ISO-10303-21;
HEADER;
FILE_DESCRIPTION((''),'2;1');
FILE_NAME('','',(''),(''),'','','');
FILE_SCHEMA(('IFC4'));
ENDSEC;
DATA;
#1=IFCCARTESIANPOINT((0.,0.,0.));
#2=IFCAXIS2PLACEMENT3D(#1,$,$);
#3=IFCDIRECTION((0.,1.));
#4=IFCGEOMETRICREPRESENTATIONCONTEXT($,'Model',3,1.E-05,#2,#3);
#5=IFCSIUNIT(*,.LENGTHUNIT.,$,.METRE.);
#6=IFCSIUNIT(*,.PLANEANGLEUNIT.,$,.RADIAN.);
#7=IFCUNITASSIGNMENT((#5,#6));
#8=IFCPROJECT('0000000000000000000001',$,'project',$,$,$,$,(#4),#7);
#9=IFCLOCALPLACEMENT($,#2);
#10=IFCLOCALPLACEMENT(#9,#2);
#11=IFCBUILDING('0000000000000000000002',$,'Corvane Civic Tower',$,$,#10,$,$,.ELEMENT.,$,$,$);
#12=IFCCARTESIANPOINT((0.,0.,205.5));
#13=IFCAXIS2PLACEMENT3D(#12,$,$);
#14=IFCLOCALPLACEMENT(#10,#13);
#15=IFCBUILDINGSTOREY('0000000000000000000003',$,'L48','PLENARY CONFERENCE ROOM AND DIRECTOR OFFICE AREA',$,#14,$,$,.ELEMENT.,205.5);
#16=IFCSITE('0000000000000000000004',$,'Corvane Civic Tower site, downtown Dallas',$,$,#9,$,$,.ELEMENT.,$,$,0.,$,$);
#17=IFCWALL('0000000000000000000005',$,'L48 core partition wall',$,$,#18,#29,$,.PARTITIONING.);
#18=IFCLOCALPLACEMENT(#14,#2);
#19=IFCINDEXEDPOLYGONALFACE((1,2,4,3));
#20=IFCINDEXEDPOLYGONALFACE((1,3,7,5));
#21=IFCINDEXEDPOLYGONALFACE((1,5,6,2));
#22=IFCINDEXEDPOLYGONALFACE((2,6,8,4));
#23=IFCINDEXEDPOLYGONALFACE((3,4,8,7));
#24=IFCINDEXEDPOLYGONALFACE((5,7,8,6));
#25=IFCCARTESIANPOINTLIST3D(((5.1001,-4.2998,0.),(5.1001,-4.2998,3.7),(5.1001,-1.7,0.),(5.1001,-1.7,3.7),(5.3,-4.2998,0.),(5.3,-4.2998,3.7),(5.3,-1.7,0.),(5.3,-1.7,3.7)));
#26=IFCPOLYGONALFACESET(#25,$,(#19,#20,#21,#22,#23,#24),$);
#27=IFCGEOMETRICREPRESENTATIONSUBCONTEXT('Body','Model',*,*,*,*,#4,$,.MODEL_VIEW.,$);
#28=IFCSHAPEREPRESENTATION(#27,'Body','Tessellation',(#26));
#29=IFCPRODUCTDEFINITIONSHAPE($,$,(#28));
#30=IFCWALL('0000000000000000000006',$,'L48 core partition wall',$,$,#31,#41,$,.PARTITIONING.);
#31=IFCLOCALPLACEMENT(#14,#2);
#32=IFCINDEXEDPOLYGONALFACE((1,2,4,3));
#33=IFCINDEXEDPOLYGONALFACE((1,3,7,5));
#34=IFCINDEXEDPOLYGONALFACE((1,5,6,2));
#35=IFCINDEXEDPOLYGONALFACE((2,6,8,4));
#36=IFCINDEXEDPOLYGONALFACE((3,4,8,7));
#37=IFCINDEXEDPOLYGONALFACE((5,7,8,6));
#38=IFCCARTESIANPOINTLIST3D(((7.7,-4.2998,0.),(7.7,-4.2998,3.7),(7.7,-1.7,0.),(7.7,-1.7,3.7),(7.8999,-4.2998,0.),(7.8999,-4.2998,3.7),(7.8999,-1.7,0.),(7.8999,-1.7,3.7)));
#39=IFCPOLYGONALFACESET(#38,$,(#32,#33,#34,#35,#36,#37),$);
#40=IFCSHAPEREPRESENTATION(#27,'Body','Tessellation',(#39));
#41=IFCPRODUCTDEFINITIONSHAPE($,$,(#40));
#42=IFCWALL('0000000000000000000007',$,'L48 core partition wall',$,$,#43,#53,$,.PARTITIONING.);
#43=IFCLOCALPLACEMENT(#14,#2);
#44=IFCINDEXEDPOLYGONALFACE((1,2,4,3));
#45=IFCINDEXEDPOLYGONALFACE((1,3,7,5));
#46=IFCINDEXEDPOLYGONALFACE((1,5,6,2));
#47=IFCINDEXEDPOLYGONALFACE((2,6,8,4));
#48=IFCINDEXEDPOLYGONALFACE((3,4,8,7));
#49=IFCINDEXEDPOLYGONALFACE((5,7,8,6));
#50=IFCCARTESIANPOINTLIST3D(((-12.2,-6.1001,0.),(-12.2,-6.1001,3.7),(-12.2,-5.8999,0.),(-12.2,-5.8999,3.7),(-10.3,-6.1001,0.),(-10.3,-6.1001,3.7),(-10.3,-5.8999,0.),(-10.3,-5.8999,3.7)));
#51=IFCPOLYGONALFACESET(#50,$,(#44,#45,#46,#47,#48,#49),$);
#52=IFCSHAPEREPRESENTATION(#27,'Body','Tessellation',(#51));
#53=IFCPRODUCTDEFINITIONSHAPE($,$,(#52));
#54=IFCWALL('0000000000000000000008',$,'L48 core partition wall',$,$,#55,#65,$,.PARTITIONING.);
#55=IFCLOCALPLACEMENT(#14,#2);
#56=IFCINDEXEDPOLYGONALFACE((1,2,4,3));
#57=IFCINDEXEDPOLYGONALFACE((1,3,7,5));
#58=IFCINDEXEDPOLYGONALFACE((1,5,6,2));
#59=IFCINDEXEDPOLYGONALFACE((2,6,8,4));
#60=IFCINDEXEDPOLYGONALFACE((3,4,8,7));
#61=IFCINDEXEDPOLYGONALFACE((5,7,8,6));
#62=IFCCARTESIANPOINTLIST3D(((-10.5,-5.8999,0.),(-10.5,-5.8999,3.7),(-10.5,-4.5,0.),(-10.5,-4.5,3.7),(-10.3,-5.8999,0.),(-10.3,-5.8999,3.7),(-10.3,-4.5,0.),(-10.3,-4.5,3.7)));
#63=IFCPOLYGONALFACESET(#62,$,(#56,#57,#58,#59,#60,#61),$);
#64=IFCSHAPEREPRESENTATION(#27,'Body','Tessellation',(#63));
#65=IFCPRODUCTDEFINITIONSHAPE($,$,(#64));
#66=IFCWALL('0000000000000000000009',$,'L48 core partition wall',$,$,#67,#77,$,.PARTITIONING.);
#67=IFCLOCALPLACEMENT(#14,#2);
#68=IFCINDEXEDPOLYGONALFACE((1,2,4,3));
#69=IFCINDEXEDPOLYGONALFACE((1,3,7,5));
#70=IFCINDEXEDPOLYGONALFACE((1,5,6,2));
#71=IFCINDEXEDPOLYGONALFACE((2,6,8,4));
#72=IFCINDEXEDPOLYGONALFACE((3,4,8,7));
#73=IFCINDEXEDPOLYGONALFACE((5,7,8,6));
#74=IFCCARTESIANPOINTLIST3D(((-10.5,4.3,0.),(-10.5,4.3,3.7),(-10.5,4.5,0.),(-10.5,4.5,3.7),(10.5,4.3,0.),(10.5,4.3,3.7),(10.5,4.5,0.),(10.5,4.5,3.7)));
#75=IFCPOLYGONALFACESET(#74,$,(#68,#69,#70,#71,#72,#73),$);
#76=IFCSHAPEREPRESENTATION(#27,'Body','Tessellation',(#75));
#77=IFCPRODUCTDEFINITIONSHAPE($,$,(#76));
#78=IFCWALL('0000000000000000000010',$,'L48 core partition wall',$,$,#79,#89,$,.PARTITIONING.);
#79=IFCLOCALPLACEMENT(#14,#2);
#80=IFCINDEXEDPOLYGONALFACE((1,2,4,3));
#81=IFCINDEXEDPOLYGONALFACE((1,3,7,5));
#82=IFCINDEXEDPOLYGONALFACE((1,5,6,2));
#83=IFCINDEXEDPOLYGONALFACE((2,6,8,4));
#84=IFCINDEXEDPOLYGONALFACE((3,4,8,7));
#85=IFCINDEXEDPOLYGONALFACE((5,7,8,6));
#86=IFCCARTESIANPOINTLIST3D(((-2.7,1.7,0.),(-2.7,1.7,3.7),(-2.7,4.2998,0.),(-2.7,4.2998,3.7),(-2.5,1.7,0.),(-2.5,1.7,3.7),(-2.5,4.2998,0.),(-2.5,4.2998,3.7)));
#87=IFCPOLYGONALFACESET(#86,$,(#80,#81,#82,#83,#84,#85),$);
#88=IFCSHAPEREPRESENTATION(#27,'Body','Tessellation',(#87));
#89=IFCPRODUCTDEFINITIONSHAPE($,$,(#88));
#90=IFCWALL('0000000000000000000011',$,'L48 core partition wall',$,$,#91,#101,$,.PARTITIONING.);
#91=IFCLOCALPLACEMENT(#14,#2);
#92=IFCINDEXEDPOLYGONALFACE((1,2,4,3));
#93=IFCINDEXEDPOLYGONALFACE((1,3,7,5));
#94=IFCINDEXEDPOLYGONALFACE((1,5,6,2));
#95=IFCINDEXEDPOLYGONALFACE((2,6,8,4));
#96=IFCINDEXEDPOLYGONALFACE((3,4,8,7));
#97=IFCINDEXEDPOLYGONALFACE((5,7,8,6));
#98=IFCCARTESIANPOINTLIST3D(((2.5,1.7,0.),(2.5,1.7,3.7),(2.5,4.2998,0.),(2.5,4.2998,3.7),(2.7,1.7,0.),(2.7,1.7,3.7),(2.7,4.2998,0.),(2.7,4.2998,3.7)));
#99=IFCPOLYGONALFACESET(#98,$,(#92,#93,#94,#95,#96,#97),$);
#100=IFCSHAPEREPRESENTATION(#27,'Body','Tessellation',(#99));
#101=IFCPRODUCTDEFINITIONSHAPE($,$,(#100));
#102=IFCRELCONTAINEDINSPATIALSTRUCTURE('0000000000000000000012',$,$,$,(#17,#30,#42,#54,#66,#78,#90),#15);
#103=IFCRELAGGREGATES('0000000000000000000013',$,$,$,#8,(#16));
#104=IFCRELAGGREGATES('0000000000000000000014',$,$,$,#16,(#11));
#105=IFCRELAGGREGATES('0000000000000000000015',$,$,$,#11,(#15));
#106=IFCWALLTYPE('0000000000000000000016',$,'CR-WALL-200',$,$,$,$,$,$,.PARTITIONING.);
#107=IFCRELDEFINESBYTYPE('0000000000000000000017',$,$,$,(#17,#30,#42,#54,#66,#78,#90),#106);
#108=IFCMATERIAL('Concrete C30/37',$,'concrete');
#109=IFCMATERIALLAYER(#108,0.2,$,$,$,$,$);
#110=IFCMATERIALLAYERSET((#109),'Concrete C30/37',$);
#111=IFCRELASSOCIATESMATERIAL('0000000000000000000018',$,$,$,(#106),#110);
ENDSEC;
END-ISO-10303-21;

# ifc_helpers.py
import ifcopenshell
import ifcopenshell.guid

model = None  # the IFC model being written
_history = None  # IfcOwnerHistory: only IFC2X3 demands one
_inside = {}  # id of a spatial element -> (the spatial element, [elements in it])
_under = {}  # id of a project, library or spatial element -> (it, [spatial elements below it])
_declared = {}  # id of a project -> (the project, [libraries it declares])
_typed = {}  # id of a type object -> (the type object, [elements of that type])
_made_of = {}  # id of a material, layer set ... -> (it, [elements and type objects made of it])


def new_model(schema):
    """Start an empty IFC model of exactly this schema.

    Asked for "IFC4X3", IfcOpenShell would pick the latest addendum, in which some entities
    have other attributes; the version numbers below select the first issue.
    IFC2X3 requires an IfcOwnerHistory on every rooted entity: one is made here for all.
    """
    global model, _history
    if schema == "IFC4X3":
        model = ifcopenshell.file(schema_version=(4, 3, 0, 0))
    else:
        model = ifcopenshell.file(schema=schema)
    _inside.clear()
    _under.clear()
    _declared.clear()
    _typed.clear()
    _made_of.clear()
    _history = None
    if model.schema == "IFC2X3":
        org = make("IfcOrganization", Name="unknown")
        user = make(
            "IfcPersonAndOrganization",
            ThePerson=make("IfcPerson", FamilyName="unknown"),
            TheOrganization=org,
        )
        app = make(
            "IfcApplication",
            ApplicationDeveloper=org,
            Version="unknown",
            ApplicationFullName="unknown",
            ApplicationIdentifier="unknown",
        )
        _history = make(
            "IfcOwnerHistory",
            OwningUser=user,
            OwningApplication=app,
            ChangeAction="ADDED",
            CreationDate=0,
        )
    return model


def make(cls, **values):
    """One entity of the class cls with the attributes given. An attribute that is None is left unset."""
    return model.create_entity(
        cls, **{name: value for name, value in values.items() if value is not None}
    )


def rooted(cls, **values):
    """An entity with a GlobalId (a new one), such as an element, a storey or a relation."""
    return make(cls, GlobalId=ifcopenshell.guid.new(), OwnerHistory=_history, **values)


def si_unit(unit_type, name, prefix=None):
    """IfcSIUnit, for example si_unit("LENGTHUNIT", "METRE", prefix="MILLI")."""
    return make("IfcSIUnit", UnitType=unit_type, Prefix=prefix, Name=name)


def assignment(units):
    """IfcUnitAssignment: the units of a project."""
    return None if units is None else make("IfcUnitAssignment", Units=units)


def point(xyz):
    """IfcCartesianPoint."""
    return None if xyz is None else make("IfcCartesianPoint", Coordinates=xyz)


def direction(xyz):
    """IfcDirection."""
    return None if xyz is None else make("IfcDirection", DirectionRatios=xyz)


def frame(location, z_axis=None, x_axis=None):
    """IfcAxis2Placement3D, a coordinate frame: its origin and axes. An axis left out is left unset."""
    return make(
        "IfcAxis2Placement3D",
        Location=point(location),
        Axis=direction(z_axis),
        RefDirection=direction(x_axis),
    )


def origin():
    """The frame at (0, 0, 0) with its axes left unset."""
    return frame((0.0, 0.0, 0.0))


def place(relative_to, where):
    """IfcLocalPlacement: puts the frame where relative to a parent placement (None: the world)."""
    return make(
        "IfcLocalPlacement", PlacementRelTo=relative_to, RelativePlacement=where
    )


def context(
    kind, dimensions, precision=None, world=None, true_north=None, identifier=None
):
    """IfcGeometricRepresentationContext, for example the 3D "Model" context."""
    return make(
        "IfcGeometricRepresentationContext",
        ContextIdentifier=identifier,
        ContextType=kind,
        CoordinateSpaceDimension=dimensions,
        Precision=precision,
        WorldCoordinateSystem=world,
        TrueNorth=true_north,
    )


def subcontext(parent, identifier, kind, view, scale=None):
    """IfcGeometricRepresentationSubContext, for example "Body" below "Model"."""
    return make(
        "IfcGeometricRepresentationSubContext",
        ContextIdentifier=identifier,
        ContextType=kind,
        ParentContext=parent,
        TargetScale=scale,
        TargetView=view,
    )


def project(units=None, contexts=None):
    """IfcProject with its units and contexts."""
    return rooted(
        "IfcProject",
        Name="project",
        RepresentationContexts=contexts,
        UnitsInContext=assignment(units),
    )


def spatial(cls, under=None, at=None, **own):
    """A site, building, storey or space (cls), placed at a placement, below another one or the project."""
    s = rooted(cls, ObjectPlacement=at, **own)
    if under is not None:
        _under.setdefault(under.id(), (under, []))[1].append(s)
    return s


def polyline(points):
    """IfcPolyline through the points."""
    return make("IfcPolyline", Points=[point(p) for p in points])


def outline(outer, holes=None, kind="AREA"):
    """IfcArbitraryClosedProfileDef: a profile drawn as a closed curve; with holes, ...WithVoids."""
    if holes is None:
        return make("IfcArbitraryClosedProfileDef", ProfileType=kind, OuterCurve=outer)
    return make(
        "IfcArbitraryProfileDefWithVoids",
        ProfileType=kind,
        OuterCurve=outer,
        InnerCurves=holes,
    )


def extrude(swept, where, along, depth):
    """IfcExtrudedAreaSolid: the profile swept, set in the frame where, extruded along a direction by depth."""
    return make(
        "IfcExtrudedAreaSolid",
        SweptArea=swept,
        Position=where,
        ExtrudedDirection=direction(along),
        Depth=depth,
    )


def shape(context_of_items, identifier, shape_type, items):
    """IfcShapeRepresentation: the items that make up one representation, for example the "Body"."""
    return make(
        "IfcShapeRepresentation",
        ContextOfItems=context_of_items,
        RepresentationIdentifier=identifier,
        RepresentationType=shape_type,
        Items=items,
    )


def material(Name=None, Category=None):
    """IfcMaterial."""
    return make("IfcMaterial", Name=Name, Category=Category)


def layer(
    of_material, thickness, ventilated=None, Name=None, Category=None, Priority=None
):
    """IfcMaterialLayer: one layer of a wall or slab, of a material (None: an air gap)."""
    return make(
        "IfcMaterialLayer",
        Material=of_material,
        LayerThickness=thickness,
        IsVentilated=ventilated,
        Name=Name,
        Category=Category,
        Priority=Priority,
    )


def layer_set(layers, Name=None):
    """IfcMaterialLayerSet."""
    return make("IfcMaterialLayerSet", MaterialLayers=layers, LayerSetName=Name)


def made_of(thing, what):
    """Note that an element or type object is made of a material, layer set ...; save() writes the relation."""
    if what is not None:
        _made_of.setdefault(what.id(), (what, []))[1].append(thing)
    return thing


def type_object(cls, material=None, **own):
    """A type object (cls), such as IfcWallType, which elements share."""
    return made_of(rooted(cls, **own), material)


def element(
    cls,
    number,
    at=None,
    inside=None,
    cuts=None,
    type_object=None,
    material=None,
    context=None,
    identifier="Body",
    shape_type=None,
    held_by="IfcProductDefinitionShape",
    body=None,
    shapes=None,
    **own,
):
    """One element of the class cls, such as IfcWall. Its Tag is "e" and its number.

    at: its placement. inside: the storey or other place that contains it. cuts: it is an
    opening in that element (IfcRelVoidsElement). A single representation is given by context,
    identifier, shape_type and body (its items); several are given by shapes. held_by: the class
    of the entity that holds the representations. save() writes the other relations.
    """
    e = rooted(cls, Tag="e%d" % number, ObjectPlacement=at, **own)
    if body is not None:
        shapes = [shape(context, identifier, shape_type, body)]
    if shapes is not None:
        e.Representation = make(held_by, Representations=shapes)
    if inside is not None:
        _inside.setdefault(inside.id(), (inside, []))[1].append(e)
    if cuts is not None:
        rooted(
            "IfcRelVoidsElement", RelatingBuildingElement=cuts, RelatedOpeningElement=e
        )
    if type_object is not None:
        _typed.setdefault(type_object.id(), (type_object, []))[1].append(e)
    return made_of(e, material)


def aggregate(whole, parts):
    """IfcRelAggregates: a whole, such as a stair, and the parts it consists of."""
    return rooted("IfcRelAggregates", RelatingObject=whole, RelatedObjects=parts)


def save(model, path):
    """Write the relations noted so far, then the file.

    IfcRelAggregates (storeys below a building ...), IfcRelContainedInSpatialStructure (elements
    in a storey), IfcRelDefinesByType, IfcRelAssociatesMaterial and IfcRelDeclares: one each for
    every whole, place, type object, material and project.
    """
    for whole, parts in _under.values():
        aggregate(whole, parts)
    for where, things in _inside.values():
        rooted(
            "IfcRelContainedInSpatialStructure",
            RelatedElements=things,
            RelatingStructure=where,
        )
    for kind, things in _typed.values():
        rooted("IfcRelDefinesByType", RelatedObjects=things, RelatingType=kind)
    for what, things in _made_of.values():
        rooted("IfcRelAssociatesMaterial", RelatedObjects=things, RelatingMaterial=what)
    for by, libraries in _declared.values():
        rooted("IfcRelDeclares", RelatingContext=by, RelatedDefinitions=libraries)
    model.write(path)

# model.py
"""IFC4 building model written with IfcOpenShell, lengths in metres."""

from ifc_helpers import new_model, si_unit, direction, frame, origin, place, context, subcontext, project, spatial, polyline, outline, extrude, material, layer, layer_set, type_object, element, save


model = new_model("IFC4")

# Units and contexts
model_context = context("Model", 3, precision=1e-05, world=origin(), true_north=direction((0.0, 1.0)))
body_context = subcontext(model_context, "Body", "Model", "MODEL_VIEW")
ifc_project = project(units=[si_unit("LENGTHUNIT", "METRE"), si_unit("PLANEANGLEUNIT", "RADIAN")], contexts=[model_context])

# Site, building, storey
site_placement = place(None, origin())
site = spatial("IfcSite", under=ifc_project, at=site_placement, Name="Corvane Civic Tower site, downtown Dallas", CompositionType="ELEMENT", RefElevation=0.0)
building_placement = place(site_placement, origin())
building = spatial("IfcBuilding", under=site, at=building_placement, Name="Corvane Civic Tower", CompositionType="ELEMENT")
storey_placement = place(building_placement, frame((0.0, 0.0, 205.5)))
storey = spatial("IfcBuildingStorey", under=building, at=storey_placement, Name="L48", Description="PLENARY CONFERENCE ROOM AND DIRECTOR OFFICE AREA", CompositionType="ELEMENT", Elevation=205.5)

# Shared definitions
ifc_material_1 = material(Name="Concrete C30/37", Category="concrete")
ifc_layer_1 = layer(ifc_material_1, 0.2)
ifc_layer_set_1 = layer_set([ifc_layer_1], Name="Concrete C30/37")
wall_type = type_object("IfcWallType", Name="CR-WALL-200", PredefinedType="PARTITIONING", material=ifc_layer_set_1)

# Walls
wall_1_placement = place(storey_placement, origin())
element("IfcWall", 1, at=wall_1_placement, inside=storey, type_object=wall_type, Name="L48 core partition wall", PredefinedType="PARTITIONING", context=body_context, shape_type="SweptSolid", body=[
    extrude(outline(polyline([(5.3, -1.7), (5.3, -4.2998), (5.1001, -4.2998), (5.1001, -1.7), (5.3, -1.7)])), origin(), (0.0, 0.0, 1.0), 3.7),
])
wall_2_placement = place(storey_placement, origin())
element("IfcWall", 2, at=wall_2_placement, inside=storey, type_object=wall_type, Name="L48 core partition wall", PredefinedType="PARTITIONING", context=body_context, shape_type="SweptSolid", body=[
    extrude(outline(polyline([(7.8999, -1.7), (7.8999, -4.2998), (7.7, -4.2998), (7.7, -1.7), (7.8999, -1.7)])), origin(), (0.0, 0.0, 1.0), 3.7),
])
wall_3_placement = place(storey_placement, origin())
element("IfcWall", 3, at=wall_3_placement, inside=storey, type_object=wall_type, Name="L48 core partition wall", PredefinedType="PARTITIONING", context=body_context, shape_type="SweptSolid", body=[
    extrude(outline(polyline([(-10.3, -6.1001), (-12.2, -6.1001), (-12.2, -5.8999), (-10.3, -5.8999), (-10.3, -6.1001)])), origin(), (0.0, 0.0, 1.0), 3.7),
])
wall_4_placement = place(storey_placement, origin())
element("IfcWall", 4, at=wall_4_placement, inside=storey, type_object=wall_type, Name="L48 core partition wall", PredefinedType="PARTITIONING", context=body_context, shape_type="SweptSolid", body=[
    extrude(outline(polyline([(-10.3, -5.8999), (-10.5, -5.8999), (-10.5, -4.5), (-10.3, -4.5), (-10.3, -5.8999)])), origin(), (0.0, 0.0, 1.0), 3.7),
])
wall_5_placement = place(storey_placement, origin())
element("IfcWall", 5, at=wall_5_placement, inside=storey, type_object=wall_type, Name="L48 core partition wall", PredefinedType="PARTITIONING", context=body_context, shape_type="SweptSolid", body=[
    extrude(outline(polyline([(10.5, 4.5), (10.5, 4.3), (-10.5, 4.3), (-10.5, 4.5), (10.5, 4.5)])), origin(), (0.0, 0.0, 1.0), 3.7),
])
wall_6_placement = place(storey_placement, origin())
element("IfcWall", 6, at=wall_6_placement, inside=storey, type_object=wall_type, Name="L48 core partition wall", PredefinedType="PARTITIONING", context=body_context, shape_type="SweptSolid", body=[
    extrude(outline(polyline([(-2.5, 1.7), (-2.7, 1.7), (-2.7, 4.2998), (-2.5, 4.2998), (-2.5, 1.7)])), origin(), (0.0, 0.0, 1.0), 3.7),
])
wall_7_placement = place(storey_placement, origin())
element("IfcWall", 7, at=wall_7_placement, inside=storey, type_object=wall_type, Name="L48 core partition wall", PredefinedType="PARTITIONING", context=body_context, shape_type="SweptSolid", body=[
    extrude(outline(polyline([(2.7, 1.7), (2.5, 1.7), (2.5, 4.2998), (2.7, 4.2998), (2.7, 1.7)])), origin(), (0.0, 0.0, 1.0), 3.7),
])

save(model, "model.ifc")
